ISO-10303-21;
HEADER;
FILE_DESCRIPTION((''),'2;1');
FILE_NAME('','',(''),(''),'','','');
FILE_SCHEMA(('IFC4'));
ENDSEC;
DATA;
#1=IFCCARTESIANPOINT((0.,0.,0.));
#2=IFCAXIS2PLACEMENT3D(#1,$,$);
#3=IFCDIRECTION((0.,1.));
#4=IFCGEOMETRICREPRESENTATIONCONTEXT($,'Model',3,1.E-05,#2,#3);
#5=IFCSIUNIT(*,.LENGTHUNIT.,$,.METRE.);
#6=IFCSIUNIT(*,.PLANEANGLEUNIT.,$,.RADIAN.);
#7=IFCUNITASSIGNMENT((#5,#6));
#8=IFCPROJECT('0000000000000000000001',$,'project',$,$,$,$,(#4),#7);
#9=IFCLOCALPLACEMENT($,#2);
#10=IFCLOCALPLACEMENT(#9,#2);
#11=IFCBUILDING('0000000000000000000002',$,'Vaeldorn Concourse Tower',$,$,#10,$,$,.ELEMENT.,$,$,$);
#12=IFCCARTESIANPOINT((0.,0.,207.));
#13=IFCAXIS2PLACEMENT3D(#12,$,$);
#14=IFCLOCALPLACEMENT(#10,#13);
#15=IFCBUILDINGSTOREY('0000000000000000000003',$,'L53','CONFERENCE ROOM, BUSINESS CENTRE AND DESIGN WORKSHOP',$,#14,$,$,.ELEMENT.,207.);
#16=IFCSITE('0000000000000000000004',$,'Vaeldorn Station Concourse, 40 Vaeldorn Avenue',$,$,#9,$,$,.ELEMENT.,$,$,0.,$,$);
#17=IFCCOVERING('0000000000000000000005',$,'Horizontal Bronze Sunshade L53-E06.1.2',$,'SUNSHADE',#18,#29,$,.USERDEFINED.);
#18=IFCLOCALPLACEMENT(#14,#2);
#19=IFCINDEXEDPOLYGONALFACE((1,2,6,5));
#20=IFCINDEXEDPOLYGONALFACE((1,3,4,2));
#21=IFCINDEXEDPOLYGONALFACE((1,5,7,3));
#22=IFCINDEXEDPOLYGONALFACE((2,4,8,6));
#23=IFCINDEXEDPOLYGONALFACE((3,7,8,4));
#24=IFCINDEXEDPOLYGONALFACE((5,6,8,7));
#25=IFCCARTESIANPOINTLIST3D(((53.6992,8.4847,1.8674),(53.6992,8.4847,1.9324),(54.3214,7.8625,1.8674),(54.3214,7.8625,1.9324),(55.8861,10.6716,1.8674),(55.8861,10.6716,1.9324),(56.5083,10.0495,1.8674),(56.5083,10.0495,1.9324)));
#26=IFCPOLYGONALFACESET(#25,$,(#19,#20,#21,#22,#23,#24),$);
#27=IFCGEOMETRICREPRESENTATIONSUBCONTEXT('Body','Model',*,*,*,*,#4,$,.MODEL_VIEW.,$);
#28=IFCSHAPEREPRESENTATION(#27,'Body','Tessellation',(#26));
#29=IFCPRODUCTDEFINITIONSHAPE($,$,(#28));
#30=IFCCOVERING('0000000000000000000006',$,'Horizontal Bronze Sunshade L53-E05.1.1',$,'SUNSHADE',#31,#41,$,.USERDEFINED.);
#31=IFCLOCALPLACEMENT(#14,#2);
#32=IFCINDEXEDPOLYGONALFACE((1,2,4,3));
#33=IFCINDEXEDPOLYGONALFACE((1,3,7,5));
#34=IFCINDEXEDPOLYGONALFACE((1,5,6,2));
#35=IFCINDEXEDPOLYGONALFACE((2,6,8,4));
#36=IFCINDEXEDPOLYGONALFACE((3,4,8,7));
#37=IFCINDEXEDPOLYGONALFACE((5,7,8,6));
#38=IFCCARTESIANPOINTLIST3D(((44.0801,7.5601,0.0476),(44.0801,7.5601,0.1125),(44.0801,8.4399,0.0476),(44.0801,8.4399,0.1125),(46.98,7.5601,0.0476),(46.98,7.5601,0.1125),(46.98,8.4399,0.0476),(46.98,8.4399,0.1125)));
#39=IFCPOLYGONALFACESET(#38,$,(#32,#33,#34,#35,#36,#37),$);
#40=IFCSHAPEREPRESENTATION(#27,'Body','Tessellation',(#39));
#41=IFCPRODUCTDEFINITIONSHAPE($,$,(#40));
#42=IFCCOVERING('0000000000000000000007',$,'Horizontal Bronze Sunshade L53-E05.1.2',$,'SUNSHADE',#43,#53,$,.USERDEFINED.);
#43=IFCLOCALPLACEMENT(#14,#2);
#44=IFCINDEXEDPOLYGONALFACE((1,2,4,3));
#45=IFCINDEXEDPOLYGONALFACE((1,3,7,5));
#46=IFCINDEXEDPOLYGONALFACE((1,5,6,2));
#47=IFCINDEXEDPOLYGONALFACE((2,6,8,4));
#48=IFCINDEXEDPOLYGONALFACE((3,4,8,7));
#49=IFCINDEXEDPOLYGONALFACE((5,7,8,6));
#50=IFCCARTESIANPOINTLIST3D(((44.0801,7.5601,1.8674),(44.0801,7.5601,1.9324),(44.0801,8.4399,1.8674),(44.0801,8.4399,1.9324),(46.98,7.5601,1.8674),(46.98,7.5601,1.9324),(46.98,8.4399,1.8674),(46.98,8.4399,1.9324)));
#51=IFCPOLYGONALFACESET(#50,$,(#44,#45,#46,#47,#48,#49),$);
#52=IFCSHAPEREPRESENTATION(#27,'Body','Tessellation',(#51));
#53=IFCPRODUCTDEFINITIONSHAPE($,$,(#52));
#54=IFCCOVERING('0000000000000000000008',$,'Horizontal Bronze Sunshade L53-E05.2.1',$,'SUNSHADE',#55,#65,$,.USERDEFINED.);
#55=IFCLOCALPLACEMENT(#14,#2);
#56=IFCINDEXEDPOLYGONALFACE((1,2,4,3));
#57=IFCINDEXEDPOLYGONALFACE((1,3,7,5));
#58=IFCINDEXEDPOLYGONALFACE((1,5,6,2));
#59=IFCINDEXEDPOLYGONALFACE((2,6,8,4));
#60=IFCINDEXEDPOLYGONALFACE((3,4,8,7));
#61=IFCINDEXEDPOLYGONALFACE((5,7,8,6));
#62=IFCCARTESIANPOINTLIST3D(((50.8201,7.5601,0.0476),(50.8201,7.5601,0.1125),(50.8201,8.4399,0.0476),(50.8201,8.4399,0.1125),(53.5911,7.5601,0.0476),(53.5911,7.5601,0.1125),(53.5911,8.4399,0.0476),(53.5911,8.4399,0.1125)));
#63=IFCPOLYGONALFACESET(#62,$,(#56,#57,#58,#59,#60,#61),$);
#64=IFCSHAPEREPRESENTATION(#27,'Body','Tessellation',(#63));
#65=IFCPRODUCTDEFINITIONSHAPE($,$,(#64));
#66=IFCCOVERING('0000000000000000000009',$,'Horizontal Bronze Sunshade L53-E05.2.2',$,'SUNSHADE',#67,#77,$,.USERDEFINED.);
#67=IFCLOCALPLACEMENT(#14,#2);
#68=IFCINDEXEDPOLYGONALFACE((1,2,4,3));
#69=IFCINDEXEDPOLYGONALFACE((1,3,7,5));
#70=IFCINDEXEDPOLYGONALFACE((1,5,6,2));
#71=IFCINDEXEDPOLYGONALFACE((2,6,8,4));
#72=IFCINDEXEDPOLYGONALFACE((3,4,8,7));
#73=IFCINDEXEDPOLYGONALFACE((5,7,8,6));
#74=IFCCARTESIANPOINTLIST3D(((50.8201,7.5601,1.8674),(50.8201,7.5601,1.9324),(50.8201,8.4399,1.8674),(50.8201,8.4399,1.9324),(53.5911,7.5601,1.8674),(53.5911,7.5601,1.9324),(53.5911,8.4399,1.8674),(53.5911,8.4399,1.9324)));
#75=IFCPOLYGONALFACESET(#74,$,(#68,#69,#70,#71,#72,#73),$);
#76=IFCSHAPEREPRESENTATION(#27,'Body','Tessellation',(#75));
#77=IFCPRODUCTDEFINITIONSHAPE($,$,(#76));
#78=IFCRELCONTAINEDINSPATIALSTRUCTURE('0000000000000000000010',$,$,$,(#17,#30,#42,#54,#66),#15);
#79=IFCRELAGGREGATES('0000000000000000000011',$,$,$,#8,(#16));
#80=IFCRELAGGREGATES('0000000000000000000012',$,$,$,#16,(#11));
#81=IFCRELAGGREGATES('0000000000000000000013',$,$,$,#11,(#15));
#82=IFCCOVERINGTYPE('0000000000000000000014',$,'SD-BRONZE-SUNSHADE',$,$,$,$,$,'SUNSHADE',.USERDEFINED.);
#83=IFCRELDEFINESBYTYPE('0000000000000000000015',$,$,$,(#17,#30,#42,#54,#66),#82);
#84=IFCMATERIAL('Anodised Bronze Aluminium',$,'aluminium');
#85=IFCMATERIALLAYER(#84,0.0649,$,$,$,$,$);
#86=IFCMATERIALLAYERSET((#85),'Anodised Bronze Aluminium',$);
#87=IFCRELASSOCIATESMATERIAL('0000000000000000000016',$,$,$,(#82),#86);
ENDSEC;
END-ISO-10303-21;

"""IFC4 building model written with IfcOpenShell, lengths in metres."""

from ifc_helpers import new_model, si_unit, direction, frame, origin, origin_2d, place, context, subcontext, project, spatial, rectangle, extrude, source, transform, mapped, material, layer, layer_set, type_object, element, save


model = new_model("IFC4")

# Units and contexts
model_context = context("Model", 3, precision=1e-05, world=origin(), true_north=direction((0.0, 1.0)))
body_context = subcontext(model_context, "Body", "Model", "MODEL_VIEW")
ifc_project = project(units=[si_unit("LENGTHUNIT", "METRE"), si_unit("PLANEANGLEUNIT", "RADIAN")], contexts=[model_context])

# Site, building, storey
site_placement = place(None, origin())
site = spatial("IfcSite", under=ifc_project, at=site_placement, Name="Vaeldorn Station Concourse, 40 Vaeldorn Avenue", CompositionType="ELEMENT", RefElevation=0.0)
building_placement = place(site_placement, origin())
building = spatial("IfcBuilding", under=site, at=building_placement, Name="Vaeldorn Concourse Tower", CompositionType="ELEMENT")
storey_placement = place(building_placement, frame((0.0, 0.0, 207.0)))
storey = spatial("IfcBuildingStorey", under=building, at=storey_placement, Name="L53", Description="CONFERENCE ROOM, BUSINESS CENTRE AND DESIGN WORKSHOP", CompositionType="ELEMENT", Elevation=207.0)

# Shared definitions
ifc_material_1 = material(Name="Anodised Bronze Aluminium", Category="aluminium")

# Coverings
ifc_layer_1 = layer(ifc_material_1, 0.0649)
ifc_layer_set_1 = layer_set([ifc_layer_1], Name="Anodised Bronze Aluminium")
covering_type = type_object("IfcCoveringType", Name="SD-BRONZE-SUNSHADE", ElementType="SUNSHADE", PredefinedType="USERDEFINED", material=ifc_layer_set_1)
shared_shape_1 = source(origin(), body_context, "Body", "SweptSolid", [
    extrude(rectangle(XDim=3.0928, YDim=0.8799, at=origin_2d()), origin(), (0.0, 0.0, 1.0), 0.0649),
])
for number, where, z_axis, x_axis, name in (
    (1, (55.1038, 9.2671, 1.8674), (0.0, 0.0, 1.0), (0.707107, 0.707107, 0.0), "Horizontal Bronze Sunshade L53-E06.1.2"),
):
    element("IfcCovering", number, at=place(storey_placement, frame(where, z_axis=z_axis, x_axis=x_axis)), inside=storey, type_object=covering_type, Name=name, ObjectType="SUNSHADE", PredefinedType="USERDEFINED", context=body_context, shape_type="MappedRepresentation", body=[
        mapped(shared_shape_1, transform((0.0, 0.0, 0.0), scale=1.0)),
    ])
shared_shape_2 = source(origin(), body_context, "Body", "SweptSolid", [
    extrude(rectangle(XDim=2.8999, YDim=0.8799, at=origin_2d()), origin(), (0.0, 0.0, 1.0), 0.0649),
])
for number, where, z_axis, x_axis, name in (
    (2, (45.53, 8.0, 0.0476), (0.0, 0.0, 1.0), (1.0, 0.0, 0.0), "Horizontal Bronze Sunshade L53-E05.1.1"),
    (3, (45.53, 8.0, 1.8674), (0.0, 0.0, 1.0), (1.0, 0.0, 0.0), "Horizontal Bronze Sunshade L53-E05.1.2"),
):
    element("IfcCovering", number, at=place(storey_placement, frame(where, z_axis=z_axis, x_axis=x_axis)), inside=storey, type_object=covering_type, Name=name, ObjectType="SUNSHADE", PredefinedType="USERDEFINED", context=body_context, shape_type="MappedRepresentation", body=[
        mapped(shared_shape_2, transform((0.0, 0.0, 0.0), scale=1.0)),
    ])
shared_shape_3 = source(origin(), body_context, "Body", "SweptSolid", [
    extrude(rectangle(XDim=2.771, YDim=0.8799, at=origin_2d()), origin(), (0.0, 0.0, 1.0), 0.0649),
])
for number, where, z_axis, x_axis, name in (
    (4, (52.2056, 8.0, 0.0476), (0.0, 0.0, 1.0), (1.0, 0.0, 0.0), "Horizontal Bronze Sunshade L53-E05.2.1"),
    (5, (52.2056, 8.0, 1.8674), (0.0, 0.0, 1.0), (1.0, 0.0, 0.0), "Horizontal Bronze Sunshade L53-E05.2.2"),
):
    element("IfcCovering", number, at=place(storey_placement, frame(where, z_axis=z_axis, x_axis=x_axis)), inside=storey, type_object=covering_type, Name=name, ObjectType="SUNSHADE", PredefinedType="USERDEFINED", context=body_context, shape_type="MappedRepresentation", body=[
        mapped(shared_shape_3, transform((0.0, 0.0, 0.0), scale=1.0)),
    ])

save(model, "model.ifc")
